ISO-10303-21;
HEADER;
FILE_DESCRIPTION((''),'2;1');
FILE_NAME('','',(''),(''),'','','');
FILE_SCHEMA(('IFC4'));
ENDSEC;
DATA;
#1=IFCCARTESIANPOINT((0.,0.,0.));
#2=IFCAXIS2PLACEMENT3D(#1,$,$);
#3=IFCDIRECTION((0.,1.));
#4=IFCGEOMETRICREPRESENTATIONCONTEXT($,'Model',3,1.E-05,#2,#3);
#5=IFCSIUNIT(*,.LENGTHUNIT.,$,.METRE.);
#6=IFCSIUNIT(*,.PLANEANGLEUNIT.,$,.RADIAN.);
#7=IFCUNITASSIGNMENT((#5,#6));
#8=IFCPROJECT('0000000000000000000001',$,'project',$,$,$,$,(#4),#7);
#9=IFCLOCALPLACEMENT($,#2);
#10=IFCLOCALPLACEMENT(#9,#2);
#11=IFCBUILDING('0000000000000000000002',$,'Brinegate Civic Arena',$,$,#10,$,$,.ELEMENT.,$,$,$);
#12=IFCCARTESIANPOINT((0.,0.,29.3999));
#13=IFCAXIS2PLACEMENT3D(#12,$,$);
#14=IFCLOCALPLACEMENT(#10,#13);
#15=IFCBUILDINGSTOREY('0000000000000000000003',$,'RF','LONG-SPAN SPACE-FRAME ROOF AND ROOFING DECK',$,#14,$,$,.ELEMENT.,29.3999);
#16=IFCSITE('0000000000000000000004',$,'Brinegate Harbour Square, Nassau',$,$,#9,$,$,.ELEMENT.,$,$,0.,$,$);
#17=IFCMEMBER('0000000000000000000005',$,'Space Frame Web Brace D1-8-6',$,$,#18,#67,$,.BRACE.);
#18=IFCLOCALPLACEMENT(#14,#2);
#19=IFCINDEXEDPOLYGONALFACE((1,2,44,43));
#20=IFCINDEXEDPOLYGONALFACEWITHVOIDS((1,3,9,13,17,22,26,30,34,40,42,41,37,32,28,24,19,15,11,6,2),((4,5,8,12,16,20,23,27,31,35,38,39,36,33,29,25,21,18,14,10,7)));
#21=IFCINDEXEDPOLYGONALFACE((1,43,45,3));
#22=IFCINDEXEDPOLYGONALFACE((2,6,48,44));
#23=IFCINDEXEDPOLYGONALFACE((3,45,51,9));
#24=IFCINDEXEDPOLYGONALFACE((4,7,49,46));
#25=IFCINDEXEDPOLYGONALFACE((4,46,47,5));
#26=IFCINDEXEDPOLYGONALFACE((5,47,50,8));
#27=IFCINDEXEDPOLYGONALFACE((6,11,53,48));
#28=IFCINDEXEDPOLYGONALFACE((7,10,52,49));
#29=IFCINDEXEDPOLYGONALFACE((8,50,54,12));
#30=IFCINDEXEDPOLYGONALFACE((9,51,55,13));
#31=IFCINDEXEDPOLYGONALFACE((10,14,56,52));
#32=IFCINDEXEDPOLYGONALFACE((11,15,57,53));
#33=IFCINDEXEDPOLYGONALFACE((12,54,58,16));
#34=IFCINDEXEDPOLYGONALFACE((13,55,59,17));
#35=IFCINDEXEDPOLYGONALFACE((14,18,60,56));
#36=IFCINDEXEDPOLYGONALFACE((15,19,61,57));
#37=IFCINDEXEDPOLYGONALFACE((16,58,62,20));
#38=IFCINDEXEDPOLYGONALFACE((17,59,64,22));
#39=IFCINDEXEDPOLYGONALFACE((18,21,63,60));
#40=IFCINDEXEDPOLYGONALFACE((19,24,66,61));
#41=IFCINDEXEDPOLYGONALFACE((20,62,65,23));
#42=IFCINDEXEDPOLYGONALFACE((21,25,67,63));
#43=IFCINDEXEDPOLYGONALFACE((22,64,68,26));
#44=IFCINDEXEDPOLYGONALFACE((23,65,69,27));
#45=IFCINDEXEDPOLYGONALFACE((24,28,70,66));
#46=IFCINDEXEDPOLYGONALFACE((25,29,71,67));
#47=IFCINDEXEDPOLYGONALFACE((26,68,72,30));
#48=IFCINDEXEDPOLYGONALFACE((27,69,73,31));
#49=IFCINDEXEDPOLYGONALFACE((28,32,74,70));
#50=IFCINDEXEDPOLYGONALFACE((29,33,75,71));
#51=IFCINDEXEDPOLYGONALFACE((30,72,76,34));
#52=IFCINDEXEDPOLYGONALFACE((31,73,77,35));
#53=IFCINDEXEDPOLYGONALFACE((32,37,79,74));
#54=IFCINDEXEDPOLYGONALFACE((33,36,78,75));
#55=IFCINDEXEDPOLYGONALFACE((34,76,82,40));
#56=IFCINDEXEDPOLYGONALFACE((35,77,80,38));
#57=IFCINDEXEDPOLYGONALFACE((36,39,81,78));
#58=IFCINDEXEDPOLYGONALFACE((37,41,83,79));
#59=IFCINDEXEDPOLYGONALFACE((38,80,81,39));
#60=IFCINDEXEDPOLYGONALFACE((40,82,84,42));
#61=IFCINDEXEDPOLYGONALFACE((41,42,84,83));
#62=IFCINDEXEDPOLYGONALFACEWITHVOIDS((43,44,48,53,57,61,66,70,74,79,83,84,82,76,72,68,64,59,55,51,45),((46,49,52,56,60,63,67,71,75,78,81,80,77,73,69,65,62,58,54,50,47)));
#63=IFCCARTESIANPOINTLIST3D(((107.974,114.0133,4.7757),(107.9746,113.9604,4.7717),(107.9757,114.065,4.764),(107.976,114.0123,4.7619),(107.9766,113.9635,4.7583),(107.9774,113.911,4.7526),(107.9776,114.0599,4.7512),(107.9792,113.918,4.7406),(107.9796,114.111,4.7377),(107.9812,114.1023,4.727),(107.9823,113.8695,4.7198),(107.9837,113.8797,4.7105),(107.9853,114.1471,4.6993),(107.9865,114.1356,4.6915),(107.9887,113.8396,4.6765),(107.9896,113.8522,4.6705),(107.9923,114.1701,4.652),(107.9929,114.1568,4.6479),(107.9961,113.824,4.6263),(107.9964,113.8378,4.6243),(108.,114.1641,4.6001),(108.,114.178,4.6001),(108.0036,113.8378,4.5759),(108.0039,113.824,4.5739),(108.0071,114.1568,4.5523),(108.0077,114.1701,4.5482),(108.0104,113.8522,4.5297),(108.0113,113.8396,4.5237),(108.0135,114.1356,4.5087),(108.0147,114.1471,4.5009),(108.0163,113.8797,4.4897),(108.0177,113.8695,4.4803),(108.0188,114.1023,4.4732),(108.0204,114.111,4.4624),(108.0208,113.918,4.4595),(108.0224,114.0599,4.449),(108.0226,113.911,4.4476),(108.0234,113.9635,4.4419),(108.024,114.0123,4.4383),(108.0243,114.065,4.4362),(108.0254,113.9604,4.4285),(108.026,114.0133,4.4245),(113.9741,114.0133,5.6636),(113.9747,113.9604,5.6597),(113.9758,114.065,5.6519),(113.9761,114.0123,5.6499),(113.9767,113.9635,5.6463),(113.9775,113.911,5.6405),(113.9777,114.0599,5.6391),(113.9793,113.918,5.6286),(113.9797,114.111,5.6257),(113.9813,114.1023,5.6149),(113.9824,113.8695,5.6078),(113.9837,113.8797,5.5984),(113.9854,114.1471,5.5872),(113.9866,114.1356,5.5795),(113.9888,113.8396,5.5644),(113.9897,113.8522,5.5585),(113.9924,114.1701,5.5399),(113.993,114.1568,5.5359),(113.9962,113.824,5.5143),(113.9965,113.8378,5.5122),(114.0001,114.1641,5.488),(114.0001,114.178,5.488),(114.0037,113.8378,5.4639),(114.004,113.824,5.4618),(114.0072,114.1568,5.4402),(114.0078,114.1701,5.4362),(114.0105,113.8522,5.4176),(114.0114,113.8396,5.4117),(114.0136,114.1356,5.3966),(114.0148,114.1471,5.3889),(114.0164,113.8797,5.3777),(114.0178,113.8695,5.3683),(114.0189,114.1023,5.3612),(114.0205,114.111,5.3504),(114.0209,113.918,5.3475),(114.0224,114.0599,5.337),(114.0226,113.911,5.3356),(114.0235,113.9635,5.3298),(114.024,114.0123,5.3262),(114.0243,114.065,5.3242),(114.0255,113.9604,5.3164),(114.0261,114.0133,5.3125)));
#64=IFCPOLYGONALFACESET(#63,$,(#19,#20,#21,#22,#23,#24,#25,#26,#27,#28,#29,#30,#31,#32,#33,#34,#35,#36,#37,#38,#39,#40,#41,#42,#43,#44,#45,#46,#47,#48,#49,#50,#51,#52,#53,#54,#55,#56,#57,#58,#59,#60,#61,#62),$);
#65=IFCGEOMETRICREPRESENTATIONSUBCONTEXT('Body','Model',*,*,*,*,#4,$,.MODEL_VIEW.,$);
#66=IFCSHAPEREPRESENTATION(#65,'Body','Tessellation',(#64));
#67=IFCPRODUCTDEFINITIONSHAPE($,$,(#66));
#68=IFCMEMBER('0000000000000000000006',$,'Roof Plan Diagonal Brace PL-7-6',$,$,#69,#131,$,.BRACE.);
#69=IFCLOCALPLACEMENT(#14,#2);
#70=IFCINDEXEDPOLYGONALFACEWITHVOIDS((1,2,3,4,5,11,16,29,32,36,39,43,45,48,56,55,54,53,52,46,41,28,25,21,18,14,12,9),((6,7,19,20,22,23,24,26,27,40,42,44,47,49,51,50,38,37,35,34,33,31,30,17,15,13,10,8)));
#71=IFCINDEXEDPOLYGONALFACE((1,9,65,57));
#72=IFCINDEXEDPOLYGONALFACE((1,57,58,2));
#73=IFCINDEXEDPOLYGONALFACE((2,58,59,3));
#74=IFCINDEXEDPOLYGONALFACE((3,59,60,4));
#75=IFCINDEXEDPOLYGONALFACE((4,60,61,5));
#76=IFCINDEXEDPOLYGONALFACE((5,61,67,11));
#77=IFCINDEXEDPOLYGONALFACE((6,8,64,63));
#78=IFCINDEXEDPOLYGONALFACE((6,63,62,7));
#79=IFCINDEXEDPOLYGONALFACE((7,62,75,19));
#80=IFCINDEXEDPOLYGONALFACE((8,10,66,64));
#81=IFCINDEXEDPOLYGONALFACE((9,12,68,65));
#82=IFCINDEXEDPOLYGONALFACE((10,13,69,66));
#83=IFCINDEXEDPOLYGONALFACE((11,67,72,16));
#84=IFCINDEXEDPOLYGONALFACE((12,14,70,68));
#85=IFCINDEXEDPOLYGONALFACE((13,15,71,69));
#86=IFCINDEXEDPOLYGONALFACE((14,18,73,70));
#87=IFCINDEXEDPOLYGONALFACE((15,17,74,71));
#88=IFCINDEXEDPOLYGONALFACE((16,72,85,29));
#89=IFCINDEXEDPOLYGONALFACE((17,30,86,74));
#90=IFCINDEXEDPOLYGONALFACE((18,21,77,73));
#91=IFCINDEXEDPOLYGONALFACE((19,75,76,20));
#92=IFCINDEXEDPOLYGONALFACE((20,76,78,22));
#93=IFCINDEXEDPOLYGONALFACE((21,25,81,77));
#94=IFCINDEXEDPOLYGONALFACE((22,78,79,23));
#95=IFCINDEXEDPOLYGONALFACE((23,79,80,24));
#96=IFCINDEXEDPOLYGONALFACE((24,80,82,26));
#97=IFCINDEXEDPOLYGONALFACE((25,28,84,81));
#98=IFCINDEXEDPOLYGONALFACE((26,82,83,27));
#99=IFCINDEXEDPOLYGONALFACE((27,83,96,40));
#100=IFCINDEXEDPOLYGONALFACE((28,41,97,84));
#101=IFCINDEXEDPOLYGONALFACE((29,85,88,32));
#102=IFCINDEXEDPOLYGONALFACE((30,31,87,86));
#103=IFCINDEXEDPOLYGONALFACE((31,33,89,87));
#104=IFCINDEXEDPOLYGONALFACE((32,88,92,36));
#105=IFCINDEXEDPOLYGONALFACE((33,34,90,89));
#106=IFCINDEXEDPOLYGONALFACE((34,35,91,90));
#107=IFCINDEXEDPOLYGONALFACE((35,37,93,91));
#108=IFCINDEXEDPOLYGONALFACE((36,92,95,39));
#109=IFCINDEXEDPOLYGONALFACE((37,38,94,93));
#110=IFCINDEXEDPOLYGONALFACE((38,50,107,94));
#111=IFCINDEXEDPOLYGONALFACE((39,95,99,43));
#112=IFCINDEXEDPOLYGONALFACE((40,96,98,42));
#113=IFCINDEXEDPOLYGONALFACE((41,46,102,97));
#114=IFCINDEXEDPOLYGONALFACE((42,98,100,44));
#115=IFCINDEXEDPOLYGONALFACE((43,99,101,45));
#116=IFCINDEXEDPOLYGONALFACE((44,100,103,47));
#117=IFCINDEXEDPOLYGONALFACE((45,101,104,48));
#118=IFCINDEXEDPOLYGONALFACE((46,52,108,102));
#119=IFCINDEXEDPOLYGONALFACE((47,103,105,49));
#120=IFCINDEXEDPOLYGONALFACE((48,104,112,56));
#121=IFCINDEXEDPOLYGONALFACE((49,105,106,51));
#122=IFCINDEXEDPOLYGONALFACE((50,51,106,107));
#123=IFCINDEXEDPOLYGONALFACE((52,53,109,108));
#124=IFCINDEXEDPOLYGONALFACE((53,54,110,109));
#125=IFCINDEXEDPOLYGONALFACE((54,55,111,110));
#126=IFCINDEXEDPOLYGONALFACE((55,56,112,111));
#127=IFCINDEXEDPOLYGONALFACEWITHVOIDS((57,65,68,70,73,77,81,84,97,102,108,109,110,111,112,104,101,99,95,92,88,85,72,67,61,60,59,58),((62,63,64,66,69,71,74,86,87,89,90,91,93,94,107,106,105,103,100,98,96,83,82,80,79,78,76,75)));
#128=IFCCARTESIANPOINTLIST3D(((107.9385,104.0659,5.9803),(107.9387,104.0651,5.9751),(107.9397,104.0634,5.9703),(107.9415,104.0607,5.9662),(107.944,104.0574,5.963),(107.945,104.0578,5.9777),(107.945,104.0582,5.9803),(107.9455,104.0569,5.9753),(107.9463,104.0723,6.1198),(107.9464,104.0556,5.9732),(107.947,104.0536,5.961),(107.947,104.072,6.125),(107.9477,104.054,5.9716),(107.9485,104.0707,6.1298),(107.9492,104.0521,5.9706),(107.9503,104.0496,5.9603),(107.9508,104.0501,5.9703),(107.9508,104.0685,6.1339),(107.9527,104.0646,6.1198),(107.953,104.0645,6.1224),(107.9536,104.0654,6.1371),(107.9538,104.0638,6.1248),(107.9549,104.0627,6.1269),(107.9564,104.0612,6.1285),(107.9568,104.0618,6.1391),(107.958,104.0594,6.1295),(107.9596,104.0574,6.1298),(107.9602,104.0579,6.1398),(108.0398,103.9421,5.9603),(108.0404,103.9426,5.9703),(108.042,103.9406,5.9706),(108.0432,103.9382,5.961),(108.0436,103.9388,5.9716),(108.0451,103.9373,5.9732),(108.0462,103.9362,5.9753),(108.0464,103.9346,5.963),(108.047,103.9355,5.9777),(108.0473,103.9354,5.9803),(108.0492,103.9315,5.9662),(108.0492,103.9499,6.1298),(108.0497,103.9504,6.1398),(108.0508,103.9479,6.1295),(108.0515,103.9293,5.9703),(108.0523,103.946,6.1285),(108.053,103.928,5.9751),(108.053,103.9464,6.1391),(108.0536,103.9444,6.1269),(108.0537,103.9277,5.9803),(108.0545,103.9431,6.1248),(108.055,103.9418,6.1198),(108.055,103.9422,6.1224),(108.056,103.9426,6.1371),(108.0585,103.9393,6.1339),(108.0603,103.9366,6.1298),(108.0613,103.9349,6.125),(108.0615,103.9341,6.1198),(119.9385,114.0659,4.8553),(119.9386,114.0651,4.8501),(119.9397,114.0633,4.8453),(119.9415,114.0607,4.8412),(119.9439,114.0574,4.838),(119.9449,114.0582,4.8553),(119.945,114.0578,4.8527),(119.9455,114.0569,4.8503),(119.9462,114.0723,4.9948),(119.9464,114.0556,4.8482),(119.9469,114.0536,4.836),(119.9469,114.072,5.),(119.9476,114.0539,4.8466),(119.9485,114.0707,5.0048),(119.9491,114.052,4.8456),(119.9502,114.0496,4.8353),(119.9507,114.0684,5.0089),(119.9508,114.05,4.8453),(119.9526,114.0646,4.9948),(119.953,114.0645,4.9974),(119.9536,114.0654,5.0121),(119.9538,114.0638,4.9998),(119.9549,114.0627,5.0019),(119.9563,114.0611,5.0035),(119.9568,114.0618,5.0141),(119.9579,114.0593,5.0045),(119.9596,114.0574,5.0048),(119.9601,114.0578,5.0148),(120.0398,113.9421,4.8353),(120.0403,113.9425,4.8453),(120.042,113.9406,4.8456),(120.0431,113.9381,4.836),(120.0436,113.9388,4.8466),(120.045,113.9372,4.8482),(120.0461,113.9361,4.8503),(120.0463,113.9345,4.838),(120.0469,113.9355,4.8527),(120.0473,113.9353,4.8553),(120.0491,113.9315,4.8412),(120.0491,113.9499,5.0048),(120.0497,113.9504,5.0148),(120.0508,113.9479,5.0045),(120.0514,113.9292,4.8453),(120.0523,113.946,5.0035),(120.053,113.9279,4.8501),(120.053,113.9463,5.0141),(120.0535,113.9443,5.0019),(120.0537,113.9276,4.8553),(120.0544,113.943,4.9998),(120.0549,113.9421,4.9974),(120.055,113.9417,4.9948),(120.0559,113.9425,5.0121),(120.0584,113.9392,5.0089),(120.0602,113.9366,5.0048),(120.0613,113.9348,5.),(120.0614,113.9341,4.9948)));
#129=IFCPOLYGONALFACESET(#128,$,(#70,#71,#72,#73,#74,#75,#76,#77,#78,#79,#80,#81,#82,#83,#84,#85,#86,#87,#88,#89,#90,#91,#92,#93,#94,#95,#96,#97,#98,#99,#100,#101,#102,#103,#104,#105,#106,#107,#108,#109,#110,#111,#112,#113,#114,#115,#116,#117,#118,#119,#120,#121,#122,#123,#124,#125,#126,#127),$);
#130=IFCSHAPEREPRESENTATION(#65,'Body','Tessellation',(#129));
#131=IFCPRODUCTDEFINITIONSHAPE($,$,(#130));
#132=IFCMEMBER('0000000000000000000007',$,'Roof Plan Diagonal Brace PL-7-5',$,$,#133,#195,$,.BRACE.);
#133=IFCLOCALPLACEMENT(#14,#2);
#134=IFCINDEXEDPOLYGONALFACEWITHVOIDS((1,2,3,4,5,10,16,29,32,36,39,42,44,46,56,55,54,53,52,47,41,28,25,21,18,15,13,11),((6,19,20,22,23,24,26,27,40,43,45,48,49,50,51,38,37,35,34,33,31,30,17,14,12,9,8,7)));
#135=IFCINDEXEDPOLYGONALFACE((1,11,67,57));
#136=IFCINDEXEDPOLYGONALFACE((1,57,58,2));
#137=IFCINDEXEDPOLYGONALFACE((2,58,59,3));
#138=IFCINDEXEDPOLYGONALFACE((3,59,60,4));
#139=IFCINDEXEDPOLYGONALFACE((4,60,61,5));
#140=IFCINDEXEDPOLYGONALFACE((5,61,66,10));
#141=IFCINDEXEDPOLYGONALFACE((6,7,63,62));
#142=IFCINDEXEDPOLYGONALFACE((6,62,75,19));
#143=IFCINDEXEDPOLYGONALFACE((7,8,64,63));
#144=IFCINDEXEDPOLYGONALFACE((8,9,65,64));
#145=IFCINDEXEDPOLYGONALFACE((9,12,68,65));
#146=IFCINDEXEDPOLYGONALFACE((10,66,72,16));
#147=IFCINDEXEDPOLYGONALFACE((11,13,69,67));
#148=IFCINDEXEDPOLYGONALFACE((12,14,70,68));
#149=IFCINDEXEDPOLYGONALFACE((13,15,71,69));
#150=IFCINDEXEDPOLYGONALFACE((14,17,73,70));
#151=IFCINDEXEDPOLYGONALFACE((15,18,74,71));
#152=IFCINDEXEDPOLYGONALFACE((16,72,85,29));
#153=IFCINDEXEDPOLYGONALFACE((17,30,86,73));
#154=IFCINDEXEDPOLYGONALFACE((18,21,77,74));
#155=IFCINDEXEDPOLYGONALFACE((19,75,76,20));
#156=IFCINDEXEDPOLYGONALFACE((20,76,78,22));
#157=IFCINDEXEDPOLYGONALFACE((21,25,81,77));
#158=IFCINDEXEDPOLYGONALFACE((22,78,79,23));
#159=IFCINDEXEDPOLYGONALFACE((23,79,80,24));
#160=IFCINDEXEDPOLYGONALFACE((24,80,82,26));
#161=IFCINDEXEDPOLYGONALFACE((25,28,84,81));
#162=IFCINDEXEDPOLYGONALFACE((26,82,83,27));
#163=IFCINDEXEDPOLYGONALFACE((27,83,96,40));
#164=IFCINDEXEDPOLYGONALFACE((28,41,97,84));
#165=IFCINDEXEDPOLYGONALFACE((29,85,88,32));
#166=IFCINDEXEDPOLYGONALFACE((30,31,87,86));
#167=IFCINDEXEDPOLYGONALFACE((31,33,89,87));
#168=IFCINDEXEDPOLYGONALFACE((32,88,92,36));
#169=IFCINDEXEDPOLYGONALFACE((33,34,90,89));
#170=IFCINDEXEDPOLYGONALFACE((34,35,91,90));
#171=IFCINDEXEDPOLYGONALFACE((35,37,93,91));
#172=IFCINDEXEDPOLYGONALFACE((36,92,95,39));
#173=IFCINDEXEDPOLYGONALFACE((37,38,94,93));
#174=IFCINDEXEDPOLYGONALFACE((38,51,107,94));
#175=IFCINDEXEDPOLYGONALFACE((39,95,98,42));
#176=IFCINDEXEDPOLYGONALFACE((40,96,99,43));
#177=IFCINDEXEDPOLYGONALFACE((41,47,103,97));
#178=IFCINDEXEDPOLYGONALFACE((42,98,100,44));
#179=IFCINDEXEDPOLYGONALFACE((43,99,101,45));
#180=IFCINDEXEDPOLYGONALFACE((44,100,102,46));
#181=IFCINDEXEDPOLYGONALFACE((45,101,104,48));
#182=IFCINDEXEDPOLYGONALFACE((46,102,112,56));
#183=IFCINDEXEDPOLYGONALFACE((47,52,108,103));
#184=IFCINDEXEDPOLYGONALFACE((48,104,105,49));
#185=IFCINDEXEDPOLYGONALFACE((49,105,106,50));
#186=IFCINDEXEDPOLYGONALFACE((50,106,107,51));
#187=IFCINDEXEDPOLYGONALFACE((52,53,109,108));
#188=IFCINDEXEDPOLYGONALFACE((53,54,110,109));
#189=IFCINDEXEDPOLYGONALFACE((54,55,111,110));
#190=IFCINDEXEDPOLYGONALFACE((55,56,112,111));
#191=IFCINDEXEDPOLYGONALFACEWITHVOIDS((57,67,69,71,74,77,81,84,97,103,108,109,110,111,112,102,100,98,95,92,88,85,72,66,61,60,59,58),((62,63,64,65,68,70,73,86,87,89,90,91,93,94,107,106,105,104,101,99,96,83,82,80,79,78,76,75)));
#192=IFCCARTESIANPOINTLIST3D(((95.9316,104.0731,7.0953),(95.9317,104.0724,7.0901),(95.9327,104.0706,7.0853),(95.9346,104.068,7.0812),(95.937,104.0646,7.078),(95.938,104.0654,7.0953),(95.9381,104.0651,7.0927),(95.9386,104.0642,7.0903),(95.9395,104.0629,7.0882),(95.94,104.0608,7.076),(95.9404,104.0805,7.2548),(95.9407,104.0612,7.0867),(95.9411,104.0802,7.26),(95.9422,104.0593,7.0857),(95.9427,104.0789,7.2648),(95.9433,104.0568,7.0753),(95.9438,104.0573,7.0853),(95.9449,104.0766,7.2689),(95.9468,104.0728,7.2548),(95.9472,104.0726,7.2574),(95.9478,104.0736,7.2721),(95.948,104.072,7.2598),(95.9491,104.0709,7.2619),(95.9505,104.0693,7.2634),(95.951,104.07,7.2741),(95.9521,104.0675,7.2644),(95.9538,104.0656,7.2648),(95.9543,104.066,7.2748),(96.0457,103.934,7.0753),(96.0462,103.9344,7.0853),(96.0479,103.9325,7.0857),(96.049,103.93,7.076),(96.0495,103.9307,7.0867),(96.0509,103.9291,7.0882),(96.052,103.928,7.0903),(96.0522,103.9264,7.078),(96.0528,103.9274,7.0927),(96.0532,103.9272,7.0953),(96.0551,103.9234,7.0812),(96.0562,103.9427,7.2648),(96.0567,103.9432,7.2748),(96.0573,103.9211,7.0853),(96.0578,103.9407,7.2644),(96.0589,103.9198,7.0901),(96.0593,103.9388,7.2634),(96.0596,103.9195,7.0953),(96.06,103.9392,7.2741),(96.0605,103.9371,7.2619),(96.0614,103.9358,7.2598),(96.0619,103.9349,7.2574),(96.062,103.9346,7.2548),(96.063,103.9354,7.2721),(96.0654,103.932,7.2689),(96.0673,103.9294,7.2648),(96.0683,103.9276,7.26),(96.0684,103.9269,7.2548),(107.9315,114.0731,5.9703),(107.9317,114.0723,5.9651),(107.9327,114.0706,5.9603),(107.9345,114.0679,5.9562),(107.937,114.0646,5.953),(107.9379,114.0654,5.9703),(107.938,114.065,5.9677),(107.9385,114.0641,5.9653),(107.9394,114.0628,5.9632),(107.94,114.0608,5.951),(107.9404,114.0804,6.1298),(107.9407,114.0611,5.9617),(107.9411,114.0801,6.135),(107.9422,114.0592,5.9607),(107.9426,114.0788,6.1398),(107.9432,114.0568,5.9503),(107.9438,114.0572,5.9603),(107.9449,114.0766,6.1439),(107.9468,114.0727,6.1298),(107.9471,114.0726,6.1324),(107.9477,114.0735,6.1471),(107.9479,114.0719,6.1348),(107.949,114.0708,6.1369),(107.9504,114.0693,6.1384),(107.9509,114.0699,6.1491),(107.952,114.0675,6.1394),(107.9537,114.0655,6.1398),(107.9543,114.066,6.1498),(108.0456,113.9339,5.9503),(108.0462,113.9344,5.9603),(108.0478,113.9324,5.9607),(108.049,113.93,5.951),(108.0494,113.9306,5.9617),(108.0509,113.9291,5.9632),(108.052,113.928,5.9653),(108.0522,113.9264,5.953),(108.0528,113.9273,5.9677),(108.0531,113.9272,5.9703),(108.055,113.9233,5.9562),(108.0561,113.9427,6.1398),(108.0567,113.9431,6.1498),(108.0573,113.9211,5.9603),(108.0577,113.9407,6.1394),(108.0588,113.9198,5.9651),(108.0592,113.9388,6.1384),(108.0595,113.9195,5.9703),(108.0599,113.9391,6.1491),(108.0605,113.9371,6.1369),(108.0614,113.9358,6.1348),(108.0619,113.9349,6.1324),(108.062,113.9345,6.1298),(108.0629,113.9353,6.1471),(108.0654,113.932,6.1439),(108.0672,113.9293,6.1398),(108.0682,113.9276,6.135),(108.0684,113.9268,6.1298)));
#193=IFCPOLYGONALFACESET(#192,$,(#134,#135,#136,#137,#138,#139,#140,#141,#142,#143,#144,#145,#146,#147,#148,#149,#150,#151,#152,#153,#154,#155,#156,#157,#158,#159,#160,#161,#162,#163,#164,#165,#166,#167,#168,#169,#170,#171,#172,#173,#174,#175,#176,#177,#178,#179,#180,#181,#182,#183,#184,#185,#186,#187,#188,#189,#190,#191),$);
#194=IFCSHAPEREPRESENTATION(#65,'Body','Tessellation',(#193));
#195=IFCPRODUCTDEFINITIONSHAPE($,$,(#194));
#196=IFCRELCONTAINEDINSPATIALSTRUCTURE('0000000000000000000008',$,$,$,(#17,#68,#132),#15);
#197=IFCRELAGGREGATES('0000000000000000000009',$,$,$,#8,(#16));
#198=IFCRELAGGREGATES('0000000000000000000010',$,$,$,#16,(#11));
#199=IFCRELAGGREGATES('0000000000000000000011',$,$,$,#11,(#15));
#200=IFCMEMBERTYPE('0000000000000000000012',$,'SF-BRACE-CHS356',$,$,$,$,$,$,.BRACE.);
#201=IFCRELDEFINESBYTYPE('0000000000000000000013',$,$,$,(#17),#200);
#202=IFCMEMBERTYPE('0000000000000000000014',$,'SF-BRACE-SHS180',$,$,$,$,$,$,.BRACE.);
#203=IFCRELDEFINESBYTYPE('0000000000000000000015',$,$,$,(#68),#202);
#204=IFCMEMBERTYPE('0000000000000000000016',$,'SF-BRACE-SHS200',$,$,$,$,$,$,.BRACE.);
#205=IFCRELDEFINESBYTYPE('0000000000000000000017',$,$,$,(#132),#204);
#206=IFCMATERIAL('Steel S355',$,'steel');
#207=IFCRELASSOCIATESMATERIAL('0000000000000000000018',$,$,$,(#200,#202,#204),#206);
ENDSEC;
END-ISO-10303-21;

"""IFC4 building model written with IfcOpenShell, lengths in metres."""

from ifc_helpers import new_model, si_unit, direction, frame, origin, origin_2d, place, context, subcontext, project, spatial, hollow_rectangle, hollow_circle, extrude, material, material_profile, profile_set, type_object, element, save


model = new_model("IFC4")

# Units and contexts
model_context = context("Model", 3, precision=1e-05, world=origin(), true_north=direction((0.0, 1.0)))
body_context = subcontext(model_context, "Body", "Model", "MODEL_VIEW")
ifc_project = project(units=[si_unit("LENGTHUNIT", "METRE"), si_unit("PLANEANGLEUNIT", "RADIAN")], contexts=[model_context])

# Site, building, storey
site_placement = place(None, origin())
site = spatial("IfcSite", under=ifc_project, at=site_placement, Name="Brinegate Harbour Square, Nassau", CompositionType="ELEMENT", RefElevation=0.0)
building_placement = place(site_placement, origin())
building = spatial("IfcBuilding", under=site, at=building_placement, Name="Brinegate Civic Arena", CompositionType="ELEMENT")
storey_placement = place(building_placement, frame((0.0, 0.0, 29.3999)))
storey = spatial("IfcBuildingStorey", under=building, at=storey_placement, Name="RF", Description="LONG-SPAN SPACE-FRAME ROOF AND ROOFING DECK", CompositionType="ELEMENT", Elevation=29.3999)

# Shared definitions
ifc_material_1 = material(Name="Steel S355", Category="steel")

# Members
ifc_material_profile_1 = material_profile(ifc_material_1, hollow_circle(Radius=0.178, WallThickness=0.0139, at=origin_2d()), Name="CHS356X14")
ifc_profile_set_1 = profile_set([ifc_material_profile_1], Name="Steel S355")
member_type_1 = type_object("IfcMemberType", Name="SF-BRACE-CHS356", PredefinedType="BRACE", material=ifc_profile_set_1)
member_1_placement = place(storey_placement, frame((108.0, 114.0, 4.6001), z_axis=(0.989226, 0.0, 0.146395), x_axis=(0.0, 1.0, 0.0)))
element("IfcMember", 1, at=member_1_placement, inside=storey, type_object=member_type_1, Name="Space Frame Web Brace D1-8-6", PredefinedType="BRACE", context=body_context, shape_type="SweptSolid", body=[
    extrude(hollow_circle(Radius=0.178, WallThickness=0.0139, at=origin_2d()), origin(), (0.0, 0.0, 1.0), 6.0654),
])
ifc_material_profile_2 = material_profile(ifc_material_1, hollow_rectangle(XDim=0.1799, YDim=0.1799, WallThickness=0.01, InnerFilletRadius=0.01, OuterFilletRadius=0.02, at=origin_2d()), Name="SHS180X10")
ifc_profile_set_2 = profile_set([ifc_material_profile_2], Name="Steel S355")
member_type_2 = type_object("IfcMemberType", Name="SF-BRACE-SHS180", PredefinedType="BRACE", material=ifc_profile_set_2)
member_2_placement = place(storey_placement, frame((108.0, 104.0, 6.05), z_axis=(0.766237, 0.638531, -0.071835), x_axis=(-0.640184, 0.768221, 0.0)))
element("IfcMember", 2, at=member_2_placement, inside=storey, type_object=member_type_2, Name="Roof Plan Diagonal Brace PL-7-6", PredefinedType="BRACE", context=body_context, shape_type="SweptSolid", body=[
    extrude(hollow_rectangle(XDim=0.1799, YDim=0.1799, WallThickness=0.01, InnerFilletRadius=0.01, OuterFilletRadius=0.02, at=origin_2d()), origin(), (0.0, 0.0, 1.0), 15.6609),
])
ifc_material_profile_3 = material_profile(ifc_material_1, hollow_rectangle(XDim=0.2, YDim=0.2, WallThickness=0.01, InnerFilletRadius=0.01, OuterFilletRadius=0.02, at=origin_2d()), Name="SHS200X10")
ifc_profile_set_3 = profile_set([ifc_material_profile_3], Name="Steel S355")
member_type_3 = type_object("IfcMemberType", Name="SF-BRACE-SHS200", PredefinedType="BRACE", material=ifc_profile_set_3)
member_3_placement = place(storey_placement, frame((96.0, 104.0, 7.175), z_axis=(0.766237, 0.638531, -0.071835), x_axis=(-0.640184, 0.768221, 0.0)))
element("IfcMember", 3, at=member_3_placement, inside=storey, type_object=member_type_3, Name="Roof Plan Diagonal Brace PL-7-5", PredefinedType="BRACE", context=body_context, shape_type="SweptSolid", body=[
    extrude(hollow_rectangle(XDim=0.2, YDim=0.2, WallThickness=0.01, InnerFilletRadius=0.01, OuterFilletRadius=0.02, at=origin_2d()), origin(), (0.0, 0.0, 1.0), 15.6609),
])

save(model, "model.ifc")
